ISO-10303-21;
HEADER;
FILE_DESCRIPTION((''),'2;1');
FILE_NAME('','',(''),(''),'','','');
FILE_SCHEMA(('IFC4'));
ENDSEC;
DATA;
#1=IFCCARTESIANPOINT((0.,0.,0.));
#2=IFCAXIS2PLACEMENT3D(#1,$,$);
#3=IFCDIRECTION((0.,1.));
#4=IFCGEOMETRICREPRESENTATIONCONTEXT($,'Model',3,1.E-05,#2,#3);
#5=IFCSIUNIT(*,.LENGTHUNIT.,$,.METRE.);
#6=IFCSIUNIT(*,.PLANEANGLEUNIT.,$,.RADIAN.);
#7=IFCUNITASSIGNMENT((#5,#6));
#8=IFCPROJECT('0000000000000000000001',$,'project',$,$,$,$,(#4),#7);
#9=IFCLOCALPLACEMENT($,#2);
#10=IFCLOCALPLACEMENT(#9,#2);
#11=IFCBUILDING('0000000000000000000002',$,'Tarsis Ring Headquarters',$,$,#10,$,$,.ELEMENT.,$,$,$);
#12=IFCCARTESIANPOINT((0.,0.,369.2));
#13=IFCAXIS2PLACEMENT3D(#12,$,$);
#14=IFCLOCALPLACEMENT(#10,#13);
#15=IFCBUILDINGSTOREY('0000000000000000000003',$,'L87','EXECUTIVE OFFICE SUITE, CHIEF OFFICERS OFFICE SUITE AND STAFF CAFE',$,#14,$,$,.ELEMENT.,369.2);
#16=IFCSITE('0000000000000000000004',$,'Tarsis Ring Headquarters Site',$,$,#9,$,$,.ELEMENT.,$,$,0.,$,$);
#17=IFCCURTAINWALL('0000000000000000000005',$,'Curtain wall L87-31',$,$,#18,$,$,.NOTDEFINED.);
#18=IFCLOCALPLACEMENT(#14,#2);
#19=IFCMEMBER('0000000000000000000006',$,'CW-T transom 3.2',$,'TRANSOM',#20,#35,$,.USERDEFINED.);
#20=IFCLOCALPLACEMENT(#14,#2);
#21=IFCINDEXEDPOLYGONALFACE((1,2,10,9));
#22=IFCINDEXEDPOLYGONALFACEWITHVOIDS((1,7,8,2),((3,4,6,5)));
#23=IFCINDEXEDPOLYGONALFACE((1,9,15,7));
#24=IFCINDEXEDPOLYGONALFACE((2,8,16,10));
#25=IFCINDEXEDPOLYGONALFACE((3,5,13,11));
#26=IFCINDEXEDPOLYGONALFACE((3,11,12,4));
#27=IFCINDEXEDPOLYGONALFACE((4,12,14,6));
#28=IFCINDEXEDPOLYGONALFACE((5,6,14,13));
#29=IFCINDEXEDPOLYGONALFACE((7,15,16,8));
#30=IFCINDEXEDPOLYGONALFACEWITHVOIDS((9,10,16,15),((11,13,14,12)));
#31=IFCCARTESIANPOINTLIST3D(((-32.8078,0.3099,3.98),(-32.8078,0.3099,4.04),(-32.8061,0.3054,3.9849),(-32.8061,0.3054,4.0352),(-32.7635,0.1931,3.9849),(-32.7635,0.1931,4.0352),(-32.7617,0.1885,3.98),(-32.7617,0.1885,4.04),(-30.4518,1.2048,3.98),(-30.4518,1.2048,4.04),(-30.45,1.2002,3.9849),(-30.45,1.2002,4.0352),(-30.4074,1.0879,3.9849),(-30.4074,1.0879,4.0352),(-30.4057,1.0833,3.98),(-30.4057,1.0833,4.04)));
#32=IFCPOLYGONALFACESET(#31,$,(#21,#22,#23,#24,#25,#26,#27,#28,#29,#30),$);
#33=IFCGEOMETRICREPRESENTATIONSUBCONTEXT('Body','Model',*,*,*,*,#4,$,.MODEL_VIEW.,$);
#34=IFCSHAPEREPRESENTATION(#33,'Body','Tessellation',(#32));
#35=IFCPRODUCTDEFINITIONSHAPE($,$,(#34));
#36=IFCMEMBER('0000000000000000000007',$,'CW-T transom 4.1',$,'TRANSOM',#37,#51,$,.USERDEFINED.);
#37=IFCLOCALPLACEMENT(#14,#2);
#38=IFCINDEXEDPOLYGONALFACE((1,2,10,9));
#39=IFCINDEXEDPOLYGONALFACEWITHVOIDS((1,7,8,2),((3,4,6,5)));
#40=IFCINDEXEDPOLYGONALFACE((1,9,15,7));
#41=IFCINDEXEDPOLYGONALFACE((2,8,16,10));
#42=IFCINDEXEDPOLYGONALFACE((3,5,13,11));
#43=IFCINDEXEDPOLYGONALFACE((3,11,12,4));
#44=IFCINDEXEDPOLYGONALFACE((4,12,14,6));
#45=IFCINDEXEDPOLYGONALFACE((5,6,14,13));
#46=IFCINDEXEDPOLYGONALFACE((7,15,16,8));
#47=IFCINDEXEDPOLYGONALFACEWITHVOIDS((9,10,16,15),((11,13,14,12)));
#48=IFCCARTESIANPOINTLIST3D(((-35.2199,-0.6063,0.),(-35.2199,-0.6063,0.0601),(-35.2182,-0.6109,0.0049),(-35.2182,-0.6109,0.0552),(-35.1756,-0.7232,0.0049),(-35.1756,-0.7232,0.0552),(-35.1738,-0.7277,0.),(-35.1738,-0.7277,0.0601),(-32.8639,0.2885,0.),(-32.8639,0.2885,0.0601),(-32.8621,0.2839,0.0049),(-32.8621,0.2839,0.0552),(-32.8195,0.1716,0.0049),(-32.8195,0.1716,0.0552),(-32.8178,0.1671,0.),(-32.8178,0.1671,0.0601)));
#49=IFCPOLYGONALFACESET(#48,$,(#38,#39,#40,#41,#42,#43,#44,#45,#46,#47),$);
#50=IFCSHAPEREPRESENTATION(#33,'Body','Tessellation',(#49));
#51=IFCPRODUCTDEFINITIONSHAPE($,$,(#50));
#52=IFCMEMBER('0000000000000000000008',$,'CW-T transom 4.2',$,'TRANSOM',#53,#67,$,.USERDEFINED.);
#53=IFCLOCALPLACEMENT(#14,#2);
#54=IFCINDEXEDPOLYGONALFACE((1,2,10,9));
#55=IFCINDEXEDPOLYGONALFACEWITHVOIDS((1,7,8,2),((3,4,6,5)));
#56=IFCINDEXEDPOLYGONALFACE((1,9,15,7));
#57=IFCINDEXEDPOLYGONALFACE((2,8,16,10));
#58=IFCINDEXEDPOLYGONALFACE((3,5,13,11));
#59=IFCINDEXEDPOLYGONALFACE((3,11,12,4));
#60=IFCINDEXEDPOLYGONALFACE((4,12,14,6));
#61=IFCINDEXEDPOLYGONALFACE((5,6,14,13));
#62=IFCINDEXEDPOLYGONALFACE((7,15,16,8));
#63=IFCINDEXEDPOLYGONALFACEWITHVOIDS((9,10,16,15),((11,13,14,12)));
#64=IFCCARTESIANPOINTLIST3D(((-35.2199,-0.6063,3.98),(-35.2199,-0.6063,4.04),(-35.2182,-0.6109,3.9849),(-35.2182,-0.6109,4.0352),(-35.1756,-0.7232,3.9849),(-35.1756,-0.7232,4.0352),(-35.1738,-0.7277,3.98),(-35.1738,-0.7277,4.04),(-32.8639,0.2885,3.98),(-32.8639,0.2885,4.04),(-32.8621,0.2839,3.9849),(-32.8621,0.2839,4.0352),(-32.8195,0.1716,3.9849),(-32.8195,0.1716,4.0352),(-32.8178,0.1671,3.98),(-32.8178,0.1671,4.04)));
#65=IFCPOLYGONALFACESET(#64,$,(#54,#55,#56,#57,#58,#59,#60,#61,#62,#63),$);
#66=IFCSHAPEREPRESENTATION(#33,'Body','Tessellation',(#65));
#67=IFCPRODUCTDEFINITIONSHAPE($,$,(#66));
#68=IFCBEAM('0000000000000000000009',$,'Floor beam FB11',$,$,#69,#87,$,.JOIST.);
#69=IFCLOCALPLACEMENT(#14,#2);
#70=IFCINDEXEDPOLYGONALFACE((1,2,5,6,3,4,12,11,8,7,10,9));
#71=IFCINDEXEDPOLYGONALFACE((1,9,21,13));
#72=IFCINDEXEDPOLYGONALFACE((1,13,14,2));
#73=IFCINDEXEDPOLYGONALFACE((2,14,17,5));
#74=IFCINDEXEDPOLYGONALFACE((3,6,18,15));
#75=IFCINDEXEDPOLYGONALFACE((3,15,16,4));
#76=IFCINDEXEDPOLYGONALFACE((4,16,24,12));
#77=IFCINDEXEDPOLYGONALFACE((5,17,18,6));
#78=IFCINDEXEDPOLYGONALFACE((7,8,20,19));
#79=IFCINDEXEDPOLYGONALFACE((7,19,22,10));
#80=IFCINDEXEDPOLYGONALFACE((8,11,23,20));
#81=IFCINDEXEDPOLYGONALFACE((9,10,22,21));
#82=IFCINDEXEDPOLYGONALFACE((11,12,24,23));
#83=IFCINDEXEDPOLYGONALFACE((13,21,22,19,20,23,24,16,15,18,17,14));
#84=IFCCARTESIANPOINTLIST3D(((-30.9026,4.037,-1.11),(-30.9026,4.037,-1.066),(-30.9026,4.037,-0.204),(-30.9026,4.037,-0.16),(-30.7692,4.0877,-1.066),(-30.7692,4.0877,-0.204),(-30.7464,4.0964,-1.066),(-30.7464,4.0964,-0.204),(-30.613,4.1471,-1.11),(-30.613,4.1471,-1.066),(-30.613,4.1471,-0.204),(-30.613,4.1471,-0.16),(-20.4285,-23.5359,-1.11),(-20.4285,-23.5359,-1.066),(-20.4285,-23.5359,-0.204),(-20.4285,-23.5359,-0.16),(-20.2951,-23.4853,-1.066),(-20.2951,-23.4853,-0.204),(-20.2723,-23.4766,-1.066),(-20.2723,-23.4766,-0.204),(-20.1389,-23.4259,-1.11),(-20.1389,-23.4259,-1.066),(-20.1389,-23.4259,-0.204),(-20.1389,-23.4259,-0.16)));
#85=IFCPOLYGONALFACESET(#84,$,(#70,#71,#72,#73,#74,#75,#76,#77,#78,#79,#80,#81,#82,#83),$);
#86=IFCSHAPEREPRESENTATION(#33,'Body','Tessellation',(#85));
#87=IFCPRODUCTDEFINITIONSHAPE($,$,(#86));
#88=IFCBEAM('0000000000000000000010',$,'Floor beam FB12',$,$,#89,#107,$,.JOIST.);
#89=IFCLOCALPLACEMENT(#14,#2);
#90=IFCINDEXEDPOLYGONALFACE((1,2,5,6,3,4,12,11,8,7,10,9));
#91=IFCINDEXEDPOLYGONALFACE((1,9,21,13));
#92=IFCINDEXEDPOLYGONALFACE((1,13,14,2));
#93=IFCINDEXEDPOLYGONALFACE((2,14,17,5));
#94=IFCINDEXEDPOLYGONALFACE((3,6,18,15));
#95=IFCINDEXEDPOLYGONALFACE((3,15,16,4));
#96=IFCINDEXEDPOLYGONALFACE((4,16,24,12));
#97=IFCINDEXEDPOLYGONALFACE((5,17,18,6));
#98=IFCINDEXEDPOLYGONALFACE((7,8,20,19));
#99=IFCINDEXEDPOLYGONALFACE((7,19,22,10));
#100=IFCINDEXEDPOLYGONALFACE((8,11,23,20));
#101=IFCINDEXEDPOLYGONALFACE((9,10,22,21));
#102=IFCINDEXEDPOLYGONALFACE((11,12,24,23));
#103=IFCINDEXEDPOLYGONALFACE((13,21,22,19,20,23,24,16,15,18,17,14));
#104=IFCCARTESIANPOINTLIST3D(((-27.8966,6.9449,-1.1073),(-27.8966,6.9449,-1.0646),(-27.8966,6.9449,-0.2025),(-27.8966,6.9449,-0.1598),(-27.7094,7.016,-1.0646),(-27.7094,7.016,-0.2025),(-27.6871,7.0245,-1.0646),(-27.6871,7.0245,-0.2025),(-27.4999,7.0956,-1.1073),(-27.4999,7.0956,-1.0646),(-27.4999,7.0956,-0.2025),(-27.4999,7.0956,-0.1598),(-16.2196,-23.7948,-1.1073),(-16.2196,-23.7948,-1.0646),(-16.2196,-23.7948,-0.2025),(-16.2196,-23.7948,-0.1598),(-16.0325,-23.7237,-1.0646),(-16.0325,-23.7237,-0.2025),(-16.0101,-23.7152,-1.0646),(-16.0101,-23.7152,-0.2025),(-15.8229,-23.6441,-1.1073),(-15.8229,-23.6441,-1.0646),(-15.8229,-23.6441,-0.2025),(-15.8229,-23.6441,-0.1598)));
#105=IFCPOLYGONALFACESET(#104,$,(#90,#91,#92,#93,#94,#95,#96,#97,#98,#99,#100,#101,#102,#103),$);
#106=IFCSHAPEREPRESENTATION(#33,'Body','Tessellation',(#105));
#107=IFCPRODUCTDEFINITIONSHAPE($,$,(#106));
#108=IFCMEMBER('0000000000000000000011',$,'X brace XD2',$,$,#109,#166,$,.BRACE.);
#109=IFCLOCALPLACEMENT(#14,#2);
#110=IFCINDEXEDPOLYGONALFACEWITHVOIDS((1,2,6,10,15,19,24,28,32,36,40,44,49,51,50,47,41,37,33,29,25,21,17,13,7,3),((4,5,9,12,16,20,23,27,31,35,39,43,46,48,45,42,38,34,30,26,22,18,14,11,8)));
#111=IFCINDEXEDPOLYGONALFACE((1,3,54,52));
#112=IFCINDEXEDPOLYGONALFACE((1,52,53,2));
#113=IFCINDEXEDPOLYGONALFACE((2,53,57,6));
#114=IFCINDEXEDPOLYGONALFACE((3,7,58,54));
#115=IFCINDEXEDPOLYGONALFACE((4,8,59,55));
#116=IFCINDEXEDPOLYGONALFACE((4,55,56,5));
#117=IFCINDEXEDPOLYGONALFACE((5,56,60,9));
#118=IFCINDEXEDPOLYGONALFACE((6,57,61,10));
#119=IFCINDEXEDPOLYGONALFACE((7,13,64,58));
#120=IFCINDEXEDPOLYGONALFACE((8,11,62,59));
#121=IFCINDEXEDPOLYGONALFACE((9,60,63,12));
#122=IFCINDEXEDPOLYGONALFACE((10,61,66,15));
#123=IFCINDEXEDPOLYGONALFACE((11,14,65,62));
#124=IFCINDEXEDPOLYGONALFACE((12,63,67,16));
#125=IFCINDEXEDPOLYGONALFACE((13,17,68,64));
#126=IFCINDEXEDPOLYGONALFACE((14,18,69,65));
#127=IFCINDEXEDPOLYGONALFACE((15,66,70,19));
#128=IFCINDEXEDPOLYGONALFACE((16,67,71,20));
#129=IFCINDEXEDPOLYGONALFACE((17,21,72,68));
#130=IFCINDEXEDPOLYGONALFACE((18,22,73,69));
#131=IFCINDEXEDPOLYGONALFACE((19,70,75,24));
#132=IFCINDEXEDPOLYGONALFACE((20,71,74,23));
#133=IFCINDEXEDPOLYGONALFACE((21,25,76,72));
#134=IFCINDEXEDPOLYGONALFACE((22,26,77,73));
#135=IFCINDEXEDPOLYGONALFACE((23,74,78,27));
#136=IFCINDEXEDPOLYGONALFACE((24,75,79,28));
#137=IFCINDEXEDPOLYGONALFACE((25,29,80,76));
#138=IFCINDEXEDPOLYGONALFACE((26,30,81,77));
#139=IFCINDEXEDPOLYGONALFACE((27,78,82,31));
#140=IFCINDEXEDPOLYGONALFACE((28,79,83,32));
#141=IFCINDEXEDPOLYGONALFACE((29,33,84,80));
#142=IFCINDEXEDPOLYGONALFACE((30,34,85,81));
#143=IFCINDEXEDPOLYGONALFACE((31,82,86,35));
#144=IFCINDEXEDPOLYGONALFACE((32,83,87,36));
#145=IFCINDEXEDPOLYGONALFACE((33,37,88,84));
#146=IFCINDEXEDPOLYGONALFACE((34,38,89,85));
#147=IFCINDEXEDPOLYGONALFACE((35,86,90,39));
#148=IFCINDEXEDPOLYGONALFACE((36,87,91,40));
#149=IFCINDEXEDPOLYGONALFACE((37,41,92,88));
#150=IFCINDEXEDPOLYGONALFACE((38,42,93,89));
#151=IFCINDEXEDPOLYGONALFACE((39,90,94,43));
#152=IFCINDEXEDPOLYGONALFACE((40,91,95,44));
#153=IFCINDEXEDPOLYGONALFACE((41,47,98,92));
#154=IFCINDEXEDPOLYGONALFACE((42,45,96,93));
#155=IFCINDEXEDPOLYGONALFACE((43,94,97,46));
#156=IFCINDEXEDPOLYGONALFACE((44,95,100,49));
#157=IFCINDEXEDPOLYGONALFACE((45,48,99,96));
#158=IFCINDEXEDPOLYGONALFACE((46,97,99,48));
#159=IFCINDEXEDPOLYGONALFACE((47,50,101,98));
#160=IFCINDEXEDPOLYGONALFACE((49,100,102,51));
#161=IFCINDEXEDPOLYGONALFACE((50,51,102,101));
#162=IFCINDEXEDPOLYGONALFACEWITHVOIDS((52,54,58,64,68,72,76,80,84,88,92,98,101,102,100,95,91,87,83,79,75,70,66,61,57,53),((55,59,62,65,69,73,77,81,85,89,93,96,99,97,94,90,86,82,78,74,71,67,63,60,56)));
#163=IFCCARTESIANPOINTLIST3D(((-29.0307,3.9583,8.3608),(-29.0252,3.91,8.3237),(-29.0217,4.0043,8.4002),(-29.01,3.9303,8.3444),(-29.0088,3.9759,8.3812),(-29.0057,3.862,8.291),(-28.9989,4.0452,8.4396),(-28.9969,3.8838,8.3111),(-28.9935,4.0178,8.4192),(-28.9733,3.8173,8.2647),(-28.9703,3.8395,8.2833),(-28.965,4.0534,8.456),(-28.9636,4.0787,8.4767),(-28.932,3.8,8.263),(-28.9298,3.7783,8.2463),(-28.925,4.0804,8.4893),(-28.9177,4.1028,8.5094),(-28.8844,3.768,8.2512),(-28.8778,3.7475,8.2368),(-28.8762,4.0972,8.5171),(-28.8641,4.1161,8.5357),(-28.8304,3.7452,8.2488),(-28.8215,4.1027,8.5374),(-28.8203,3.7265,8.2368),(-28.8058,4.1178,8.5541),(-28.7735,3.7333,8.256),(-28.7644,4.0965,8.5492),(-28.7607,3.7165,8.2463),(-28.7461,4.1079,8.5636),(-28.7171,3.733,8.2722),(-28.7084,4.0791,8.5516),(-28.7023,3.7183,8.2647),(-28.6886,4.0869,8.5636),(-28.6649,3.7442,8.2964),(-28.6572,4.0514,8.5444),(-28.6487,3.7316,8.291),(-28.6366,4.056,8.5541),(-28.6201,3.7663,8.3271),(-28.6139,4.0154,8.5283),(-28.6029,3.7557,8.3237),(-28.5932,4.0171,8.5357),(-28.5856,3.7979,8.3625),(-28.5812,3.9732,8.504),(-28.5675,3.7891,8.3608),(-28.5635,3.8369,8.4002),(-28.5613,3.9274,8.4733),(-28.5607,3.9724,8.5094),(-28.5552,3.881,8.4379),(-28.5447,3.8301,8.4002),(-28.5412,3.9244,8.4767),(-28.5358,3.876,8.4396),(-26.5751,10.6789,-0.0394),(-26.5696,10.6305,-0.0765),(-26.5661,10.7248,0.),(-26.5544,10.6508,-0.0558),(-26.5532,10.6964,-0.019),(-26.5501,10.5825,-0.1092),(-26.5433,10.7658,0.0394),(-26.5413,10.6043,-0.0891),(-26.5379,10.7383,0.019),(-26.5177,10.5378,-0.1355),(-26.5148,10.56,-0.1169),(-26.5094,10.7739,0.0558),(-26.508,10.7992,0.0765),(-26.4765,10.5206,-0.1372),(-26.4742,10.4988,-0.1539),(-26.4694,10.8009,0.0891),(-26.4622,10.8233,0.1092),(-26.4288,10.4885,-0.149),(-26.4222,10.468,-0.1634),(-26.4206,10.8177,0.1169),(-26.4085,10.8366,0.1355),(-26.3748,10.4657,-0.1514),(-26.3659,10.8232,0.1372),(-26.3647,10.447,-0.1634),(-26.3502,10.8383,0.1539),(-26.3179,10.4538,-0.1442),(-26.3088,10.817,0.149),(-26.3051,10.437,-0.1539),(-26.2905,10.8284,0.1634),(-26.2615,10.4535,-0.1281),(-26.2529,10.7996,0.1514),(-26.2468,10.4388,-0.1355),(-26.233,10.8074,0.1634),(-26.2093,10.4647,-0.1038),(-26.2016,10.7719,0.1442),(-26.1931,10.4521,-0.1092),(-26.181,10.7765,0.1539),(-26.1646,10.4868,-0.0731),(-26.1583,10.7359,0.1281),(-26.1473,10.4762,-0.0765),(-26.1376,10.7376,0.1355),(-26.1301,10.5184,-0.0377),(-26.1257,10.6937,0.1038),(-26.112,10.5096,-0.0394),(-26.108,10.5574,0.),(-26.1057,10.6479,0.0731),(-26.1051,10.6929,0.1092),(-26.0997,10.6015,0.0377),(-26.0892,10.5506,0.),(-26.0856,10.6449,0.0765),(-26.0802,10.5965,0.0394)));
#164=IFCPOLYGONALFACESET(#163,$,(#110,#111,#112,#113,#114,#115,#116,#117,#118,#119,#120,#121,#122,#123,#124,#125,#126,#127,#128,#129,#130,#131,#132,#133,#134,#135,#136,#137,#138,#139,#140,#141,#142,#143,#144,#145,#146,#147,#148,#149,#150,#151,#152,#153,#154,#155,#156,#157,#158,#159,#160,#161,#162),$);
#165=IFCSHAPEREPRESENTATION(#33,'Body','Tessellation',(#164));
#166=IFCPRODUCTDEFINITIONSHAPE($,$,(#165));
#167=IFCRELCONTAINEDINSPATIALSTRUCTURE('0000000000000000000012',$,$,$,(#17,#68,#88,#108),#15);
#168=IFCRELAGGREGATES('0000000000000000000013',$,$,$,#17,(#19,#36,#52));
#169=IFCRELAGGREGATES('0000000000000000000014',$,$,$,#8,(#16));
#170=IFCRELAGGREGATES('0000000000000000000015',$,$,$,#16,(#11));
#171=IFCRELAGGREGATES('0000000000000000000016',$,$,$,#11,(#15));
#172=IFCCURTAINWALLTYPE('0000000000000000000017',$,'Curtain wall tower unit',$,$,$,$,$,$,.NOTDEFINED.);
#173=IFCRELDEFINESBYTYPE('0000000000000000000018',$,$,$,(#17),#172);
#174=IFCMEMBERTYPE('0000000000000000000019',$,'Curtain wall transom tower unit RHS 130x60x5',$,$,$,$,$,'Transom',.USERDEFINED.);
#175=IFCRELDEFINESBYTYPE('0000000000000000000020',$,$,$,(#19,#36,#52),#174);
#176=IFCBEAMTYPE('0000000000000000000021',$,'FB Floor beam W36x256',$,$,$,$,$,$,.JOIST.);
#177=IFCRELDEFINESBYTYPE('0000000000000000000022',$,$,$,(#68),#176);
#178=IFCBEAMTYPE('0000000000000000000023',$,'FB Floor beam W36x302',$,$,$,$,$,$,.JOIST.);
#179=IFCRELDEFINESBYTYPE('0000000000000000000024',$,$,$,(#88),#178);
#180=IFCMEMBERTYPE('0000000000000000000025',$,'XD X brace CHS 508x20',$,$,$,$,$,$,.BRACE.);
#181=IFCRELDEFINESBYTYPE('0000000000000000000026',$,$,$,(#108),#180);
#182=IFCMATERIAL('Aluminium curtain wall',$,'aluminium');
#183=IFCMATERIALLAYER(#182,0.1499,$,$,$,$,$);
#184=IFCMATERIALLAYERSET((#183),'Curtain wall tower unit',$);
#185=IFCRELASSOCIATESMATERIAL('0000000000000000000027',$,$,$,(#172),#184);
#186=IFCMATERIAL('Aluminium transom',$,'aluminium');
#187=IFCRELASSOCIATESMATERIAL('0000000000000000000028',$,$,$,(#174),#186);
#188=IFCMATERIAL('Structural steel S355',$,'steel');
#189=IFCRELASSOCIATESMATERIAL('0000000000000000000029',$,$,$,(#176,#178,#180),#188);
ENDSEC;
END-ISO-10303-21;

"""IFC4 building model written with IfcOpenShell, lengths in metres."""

from ifc_helpers import new_model, si_unit, direction, frame, origin, origin_2d, place, context, subcontext, project, spatial, hollow_rectangle, hollow_circle, i_section, extrude, material, layer, layer_set, material_profile, profile_set, type_object, element, aggregate, save


model = new_model("IFC4")

# Units and contexts
model_context = context("Model", 3, precision=1e-05, world=origin(), true_north=direction((0.0, 1.0)))
body_context = subcontext(model_context, "Body", "Model", "MODEL_VIEW")
ifc_project = project(units=[si_unit("LENGTHUNIT", "METRE"), si_unit("PLANEANGLEUNIT", "RADIAN")], contexts=[model_context])

# Site, building, storey
site_placement = place(None, origin())
site = spatial("IfcSite", under=ifc_project, at=site_placement, Name="Tarsis Ring Headquarters Site", CompositionType="ELEMENT", RefElevation=0.0)
building_placement = place(site_placement, origin())
building = spatial("IfcBuilding", under=site, at=building_placement, Name="Tarsis Ring Headquarters", CompositionType="ELEMENT")
storey_placement = place(building_placement, frame((0.0, 0.0, 369.2)))
storey = spatial("IfcBuildingStorey", under=building, at=storey_placement, Name="L87", Description="EXECUTIVE OFFICE SUITE, CHIEF OFFICERS OFFICE SUITE AND STAFF CAFE", CompositionType="ELEMENT", Elevation=369.2)

# Shared definitions
ifc_material_1 = material(Name="Structural steel S355", Category="steel")

# Curtain wall, members
ifc_material_2 = material(Name="Aluminium curtain wall", Category="aluminium")
ifc_layer_1 = layer(ifc_material_2, 0.1499)
ifc_layer_set_1 = layer_set([ifc_layer_1], Name="Curtain wall tower unit")
curtain_wall_type = type_object("IfcCurtainWallType", Name="Curtain wall tower unit", PredefinedType="NOTDEFINED", material=ifc_layer_set_1)
curtain_wall_placement = place(storey_placement, origin())
curtain_wall = element("IfcCurtainWall", 1, at=curtain_wall_placement, inside=storey, type_object=curtain_wall_type, Name="Curtain wall L87-31", PredefinedType="NOTDEFINED")
ifc_material_3 = material(Name="Aluminium transom", Category="aluminium")
ifc_material_profile_1 = material_profile(ifc_material_3, hollow_rectangle(XDim=0.1299, YDim=0.0601, WallThickness=0.0049, at=origin_2d()), Name="RHS 130x60x5")
ifc_profile_set_1 = profile_set([ifc_material_profile_1], Name="Aluminium transom")
member_type_1 = type_object("IfcMemberType", Name="Curtain wall transom tower unit RHS 130x60x5", ElementType="Transom", PredefinedType="USERDEFINED", material=ifc_profile_set_1)
member_1_placement = place(storey_placement, frame((-30.4287, 1.144, 4.01), z_axis=(-0.934848, -0.355048, 0.0), x_axis=(0.355048, -0.934848, 0.0)))
member_1 = element("IfcMember", 2, at=member_1_placement, type_object=member_type_1, Name="CW-T transom 3.2", ObjectType="TRANSOM", PredefinedType="USERDEFINED", context=body_context, shape_type="SweptSolid", body=[
    extrude(hollow_rectangle(XDim=0.1299, YDim=0.0601, WallThickness=0.0049, at=origin_2d()), origin(), (0.0, 0.0, 1.0), 2.5203),
])
member_2_placement = place(storey_placement, frame((-32.8408, 0.2278, 0.03), z_axis=(-0.934848, -0.355048, 0.0), x_axis=(0.355048, -0.934848, 0.0)))
member_2 = element("IfcMember", 3, at=member_2_placement, type_object=member_type_1, Name="CW-T transom 4.1", ObjectType="TRANSOM", PredefinedType="USERDEFINED", context=body_context, shape_type="SweptSolid", body=[
    extrude(hollow_rectangle(XDim=0.1299, YDim=0.0601, WallThickness=0.0049, at=origin_2d()), origin(), (0.0, 0.0, 1.0), 2.5203),
])
member_3_placement = place(storey_placement, frame((-32.8408, 0.2278, 4.01), z_axis=(-0.934848, -0.355048, 0.0), x_axis=(0.355048, -0.934848, 0.0)))
member_3 = element("IfcMember", 4, at=member_3_placement, type_object=member_type_1, Name="CW-T transom 4.2", ObjectType="TRANSOM", PredefinedType="USERDEFINED", context=body_context, shape_type="SweptSolid", body=[
    extrude(hollow_rectangle(XDim=0.1299, YDim=0.0601, WallThickness=0.0049, at=origin_2d()), origin(), (0.0, 0.0, 1.0), 2.5203),
])

# Beams
ifc_material_profile_2 = material_profile(ifc_material_1, i_section(OverallWidth=0.3098, OverallDepth=0.95, WebThickness=0.0244, FlangeThickness=0.0439, at=origin_2d()), Name="W36x256")
ifc_profile_set_2 = profile_set([ifc_material_profile_2], Name="Structural steel S355")
beam_type_1 = type_object("IfcBeamType", Name="FB Floor beam W36x256", PredefinedType="JOIST", material=ifc_profile_set_2)
beam_1_placement = place(storey_placement, frame((-30.7578, 4.092, -0.635), z_axis=(0.355111, -0.934824, 0.0), x_axis=(0.934824, 0.355111, 0.0)))
element("IfcBeam", 5, at=beam_1_placement, inside=storey, type_object=beam_type_1, Name="Floor beam FB11", PredefinedType="JOIST", context=body_context, shape_type="SweptSolid", body=[
    extrude(i_section(OverallWidth=0.3098, OverallDepth=0.95, WebThickness=0.0244, FlangeThickness=0.0439, at=origin_2d()), origin(), (0.0, 0.0, 1.0), 29.4954),
])
ifc_material_profile_3 = material_profile(ifc_material_1, i_section(OverallWidth=0.4243, OverallDepth=0.9475, WebThickness=0.0239, FlangeThickness=0.0427, at=origin_2d()), Name="W36x302")
ifc_profile_set_3 = profile_set([ifc_material_profile_3], Name="Structural steel S355")
beam_type_2 = type_object("IfcBeamType", Name="FB Floor beam W36x302", PredefinedType="JOIST", material=ifc_profile_set_3)
beam_2_placement = place(storey_placement, frame((-27.6982, 7.0203, -0.6335), z_axis=(0.355109, -0.934825, 0.0), x_axis=(0.934825, 0.355109, 0.0)))
element("IfcBeam", 6, at=beam_2_placement, inside=storey, type_object=beam_type_2, Name="Floor beam FB12", PredefinedType="JOIST", context=body_context, shape_type="SweptSolid", body=[
    extrude(i_section(OverallWidth=0.4243, OverallDepth=0.9475, WebThickness=0.0239, FlangeThickness=0.0427, at=origin_2d()), origin(), (0.0, 0.0, 1.0), 32.8828),
])

# Member
ifc_material_profile_4 = material_profile(ifc_material_1, hollow_circle(Radius=0.2539, WallThickness=0.02, at=origin_2d()), Name="CHS 508x20")
ifc_profile_set_4 = profile_set([ifc_material_profile_4], Name="Structural steel S355")
member_type_2 = type_object("IfcMemberType", Name="XD X brace CHS 508x20", PredefinedType="BRACE", material=ifc_profile_set_4)
member_4_placement = place(storey_placement, frame((-26.3276, 10.6377, 0.0), z_axis=(-0.222538, -0.609049, 0.761273), x_axis=(0.939264, -0.343195, 0.0)))
element("IfcMember", 7, at=member_4_placement, inside=storey, type_object=member_type_2, Name="X brace XD2", PredefinedType="BRACE", context=body_context, shape_type="SweptSolid", body=[
    extrude(hollow_circle(Radius=0.2539, WallThickness=0.02, at=origin_2d()), origin(), (0.0, 0.0, 1.0), 11.0344),
])

aggregate(curtain_wall, [member_1, member_2, member_3])

save(model, "model.ifc")
